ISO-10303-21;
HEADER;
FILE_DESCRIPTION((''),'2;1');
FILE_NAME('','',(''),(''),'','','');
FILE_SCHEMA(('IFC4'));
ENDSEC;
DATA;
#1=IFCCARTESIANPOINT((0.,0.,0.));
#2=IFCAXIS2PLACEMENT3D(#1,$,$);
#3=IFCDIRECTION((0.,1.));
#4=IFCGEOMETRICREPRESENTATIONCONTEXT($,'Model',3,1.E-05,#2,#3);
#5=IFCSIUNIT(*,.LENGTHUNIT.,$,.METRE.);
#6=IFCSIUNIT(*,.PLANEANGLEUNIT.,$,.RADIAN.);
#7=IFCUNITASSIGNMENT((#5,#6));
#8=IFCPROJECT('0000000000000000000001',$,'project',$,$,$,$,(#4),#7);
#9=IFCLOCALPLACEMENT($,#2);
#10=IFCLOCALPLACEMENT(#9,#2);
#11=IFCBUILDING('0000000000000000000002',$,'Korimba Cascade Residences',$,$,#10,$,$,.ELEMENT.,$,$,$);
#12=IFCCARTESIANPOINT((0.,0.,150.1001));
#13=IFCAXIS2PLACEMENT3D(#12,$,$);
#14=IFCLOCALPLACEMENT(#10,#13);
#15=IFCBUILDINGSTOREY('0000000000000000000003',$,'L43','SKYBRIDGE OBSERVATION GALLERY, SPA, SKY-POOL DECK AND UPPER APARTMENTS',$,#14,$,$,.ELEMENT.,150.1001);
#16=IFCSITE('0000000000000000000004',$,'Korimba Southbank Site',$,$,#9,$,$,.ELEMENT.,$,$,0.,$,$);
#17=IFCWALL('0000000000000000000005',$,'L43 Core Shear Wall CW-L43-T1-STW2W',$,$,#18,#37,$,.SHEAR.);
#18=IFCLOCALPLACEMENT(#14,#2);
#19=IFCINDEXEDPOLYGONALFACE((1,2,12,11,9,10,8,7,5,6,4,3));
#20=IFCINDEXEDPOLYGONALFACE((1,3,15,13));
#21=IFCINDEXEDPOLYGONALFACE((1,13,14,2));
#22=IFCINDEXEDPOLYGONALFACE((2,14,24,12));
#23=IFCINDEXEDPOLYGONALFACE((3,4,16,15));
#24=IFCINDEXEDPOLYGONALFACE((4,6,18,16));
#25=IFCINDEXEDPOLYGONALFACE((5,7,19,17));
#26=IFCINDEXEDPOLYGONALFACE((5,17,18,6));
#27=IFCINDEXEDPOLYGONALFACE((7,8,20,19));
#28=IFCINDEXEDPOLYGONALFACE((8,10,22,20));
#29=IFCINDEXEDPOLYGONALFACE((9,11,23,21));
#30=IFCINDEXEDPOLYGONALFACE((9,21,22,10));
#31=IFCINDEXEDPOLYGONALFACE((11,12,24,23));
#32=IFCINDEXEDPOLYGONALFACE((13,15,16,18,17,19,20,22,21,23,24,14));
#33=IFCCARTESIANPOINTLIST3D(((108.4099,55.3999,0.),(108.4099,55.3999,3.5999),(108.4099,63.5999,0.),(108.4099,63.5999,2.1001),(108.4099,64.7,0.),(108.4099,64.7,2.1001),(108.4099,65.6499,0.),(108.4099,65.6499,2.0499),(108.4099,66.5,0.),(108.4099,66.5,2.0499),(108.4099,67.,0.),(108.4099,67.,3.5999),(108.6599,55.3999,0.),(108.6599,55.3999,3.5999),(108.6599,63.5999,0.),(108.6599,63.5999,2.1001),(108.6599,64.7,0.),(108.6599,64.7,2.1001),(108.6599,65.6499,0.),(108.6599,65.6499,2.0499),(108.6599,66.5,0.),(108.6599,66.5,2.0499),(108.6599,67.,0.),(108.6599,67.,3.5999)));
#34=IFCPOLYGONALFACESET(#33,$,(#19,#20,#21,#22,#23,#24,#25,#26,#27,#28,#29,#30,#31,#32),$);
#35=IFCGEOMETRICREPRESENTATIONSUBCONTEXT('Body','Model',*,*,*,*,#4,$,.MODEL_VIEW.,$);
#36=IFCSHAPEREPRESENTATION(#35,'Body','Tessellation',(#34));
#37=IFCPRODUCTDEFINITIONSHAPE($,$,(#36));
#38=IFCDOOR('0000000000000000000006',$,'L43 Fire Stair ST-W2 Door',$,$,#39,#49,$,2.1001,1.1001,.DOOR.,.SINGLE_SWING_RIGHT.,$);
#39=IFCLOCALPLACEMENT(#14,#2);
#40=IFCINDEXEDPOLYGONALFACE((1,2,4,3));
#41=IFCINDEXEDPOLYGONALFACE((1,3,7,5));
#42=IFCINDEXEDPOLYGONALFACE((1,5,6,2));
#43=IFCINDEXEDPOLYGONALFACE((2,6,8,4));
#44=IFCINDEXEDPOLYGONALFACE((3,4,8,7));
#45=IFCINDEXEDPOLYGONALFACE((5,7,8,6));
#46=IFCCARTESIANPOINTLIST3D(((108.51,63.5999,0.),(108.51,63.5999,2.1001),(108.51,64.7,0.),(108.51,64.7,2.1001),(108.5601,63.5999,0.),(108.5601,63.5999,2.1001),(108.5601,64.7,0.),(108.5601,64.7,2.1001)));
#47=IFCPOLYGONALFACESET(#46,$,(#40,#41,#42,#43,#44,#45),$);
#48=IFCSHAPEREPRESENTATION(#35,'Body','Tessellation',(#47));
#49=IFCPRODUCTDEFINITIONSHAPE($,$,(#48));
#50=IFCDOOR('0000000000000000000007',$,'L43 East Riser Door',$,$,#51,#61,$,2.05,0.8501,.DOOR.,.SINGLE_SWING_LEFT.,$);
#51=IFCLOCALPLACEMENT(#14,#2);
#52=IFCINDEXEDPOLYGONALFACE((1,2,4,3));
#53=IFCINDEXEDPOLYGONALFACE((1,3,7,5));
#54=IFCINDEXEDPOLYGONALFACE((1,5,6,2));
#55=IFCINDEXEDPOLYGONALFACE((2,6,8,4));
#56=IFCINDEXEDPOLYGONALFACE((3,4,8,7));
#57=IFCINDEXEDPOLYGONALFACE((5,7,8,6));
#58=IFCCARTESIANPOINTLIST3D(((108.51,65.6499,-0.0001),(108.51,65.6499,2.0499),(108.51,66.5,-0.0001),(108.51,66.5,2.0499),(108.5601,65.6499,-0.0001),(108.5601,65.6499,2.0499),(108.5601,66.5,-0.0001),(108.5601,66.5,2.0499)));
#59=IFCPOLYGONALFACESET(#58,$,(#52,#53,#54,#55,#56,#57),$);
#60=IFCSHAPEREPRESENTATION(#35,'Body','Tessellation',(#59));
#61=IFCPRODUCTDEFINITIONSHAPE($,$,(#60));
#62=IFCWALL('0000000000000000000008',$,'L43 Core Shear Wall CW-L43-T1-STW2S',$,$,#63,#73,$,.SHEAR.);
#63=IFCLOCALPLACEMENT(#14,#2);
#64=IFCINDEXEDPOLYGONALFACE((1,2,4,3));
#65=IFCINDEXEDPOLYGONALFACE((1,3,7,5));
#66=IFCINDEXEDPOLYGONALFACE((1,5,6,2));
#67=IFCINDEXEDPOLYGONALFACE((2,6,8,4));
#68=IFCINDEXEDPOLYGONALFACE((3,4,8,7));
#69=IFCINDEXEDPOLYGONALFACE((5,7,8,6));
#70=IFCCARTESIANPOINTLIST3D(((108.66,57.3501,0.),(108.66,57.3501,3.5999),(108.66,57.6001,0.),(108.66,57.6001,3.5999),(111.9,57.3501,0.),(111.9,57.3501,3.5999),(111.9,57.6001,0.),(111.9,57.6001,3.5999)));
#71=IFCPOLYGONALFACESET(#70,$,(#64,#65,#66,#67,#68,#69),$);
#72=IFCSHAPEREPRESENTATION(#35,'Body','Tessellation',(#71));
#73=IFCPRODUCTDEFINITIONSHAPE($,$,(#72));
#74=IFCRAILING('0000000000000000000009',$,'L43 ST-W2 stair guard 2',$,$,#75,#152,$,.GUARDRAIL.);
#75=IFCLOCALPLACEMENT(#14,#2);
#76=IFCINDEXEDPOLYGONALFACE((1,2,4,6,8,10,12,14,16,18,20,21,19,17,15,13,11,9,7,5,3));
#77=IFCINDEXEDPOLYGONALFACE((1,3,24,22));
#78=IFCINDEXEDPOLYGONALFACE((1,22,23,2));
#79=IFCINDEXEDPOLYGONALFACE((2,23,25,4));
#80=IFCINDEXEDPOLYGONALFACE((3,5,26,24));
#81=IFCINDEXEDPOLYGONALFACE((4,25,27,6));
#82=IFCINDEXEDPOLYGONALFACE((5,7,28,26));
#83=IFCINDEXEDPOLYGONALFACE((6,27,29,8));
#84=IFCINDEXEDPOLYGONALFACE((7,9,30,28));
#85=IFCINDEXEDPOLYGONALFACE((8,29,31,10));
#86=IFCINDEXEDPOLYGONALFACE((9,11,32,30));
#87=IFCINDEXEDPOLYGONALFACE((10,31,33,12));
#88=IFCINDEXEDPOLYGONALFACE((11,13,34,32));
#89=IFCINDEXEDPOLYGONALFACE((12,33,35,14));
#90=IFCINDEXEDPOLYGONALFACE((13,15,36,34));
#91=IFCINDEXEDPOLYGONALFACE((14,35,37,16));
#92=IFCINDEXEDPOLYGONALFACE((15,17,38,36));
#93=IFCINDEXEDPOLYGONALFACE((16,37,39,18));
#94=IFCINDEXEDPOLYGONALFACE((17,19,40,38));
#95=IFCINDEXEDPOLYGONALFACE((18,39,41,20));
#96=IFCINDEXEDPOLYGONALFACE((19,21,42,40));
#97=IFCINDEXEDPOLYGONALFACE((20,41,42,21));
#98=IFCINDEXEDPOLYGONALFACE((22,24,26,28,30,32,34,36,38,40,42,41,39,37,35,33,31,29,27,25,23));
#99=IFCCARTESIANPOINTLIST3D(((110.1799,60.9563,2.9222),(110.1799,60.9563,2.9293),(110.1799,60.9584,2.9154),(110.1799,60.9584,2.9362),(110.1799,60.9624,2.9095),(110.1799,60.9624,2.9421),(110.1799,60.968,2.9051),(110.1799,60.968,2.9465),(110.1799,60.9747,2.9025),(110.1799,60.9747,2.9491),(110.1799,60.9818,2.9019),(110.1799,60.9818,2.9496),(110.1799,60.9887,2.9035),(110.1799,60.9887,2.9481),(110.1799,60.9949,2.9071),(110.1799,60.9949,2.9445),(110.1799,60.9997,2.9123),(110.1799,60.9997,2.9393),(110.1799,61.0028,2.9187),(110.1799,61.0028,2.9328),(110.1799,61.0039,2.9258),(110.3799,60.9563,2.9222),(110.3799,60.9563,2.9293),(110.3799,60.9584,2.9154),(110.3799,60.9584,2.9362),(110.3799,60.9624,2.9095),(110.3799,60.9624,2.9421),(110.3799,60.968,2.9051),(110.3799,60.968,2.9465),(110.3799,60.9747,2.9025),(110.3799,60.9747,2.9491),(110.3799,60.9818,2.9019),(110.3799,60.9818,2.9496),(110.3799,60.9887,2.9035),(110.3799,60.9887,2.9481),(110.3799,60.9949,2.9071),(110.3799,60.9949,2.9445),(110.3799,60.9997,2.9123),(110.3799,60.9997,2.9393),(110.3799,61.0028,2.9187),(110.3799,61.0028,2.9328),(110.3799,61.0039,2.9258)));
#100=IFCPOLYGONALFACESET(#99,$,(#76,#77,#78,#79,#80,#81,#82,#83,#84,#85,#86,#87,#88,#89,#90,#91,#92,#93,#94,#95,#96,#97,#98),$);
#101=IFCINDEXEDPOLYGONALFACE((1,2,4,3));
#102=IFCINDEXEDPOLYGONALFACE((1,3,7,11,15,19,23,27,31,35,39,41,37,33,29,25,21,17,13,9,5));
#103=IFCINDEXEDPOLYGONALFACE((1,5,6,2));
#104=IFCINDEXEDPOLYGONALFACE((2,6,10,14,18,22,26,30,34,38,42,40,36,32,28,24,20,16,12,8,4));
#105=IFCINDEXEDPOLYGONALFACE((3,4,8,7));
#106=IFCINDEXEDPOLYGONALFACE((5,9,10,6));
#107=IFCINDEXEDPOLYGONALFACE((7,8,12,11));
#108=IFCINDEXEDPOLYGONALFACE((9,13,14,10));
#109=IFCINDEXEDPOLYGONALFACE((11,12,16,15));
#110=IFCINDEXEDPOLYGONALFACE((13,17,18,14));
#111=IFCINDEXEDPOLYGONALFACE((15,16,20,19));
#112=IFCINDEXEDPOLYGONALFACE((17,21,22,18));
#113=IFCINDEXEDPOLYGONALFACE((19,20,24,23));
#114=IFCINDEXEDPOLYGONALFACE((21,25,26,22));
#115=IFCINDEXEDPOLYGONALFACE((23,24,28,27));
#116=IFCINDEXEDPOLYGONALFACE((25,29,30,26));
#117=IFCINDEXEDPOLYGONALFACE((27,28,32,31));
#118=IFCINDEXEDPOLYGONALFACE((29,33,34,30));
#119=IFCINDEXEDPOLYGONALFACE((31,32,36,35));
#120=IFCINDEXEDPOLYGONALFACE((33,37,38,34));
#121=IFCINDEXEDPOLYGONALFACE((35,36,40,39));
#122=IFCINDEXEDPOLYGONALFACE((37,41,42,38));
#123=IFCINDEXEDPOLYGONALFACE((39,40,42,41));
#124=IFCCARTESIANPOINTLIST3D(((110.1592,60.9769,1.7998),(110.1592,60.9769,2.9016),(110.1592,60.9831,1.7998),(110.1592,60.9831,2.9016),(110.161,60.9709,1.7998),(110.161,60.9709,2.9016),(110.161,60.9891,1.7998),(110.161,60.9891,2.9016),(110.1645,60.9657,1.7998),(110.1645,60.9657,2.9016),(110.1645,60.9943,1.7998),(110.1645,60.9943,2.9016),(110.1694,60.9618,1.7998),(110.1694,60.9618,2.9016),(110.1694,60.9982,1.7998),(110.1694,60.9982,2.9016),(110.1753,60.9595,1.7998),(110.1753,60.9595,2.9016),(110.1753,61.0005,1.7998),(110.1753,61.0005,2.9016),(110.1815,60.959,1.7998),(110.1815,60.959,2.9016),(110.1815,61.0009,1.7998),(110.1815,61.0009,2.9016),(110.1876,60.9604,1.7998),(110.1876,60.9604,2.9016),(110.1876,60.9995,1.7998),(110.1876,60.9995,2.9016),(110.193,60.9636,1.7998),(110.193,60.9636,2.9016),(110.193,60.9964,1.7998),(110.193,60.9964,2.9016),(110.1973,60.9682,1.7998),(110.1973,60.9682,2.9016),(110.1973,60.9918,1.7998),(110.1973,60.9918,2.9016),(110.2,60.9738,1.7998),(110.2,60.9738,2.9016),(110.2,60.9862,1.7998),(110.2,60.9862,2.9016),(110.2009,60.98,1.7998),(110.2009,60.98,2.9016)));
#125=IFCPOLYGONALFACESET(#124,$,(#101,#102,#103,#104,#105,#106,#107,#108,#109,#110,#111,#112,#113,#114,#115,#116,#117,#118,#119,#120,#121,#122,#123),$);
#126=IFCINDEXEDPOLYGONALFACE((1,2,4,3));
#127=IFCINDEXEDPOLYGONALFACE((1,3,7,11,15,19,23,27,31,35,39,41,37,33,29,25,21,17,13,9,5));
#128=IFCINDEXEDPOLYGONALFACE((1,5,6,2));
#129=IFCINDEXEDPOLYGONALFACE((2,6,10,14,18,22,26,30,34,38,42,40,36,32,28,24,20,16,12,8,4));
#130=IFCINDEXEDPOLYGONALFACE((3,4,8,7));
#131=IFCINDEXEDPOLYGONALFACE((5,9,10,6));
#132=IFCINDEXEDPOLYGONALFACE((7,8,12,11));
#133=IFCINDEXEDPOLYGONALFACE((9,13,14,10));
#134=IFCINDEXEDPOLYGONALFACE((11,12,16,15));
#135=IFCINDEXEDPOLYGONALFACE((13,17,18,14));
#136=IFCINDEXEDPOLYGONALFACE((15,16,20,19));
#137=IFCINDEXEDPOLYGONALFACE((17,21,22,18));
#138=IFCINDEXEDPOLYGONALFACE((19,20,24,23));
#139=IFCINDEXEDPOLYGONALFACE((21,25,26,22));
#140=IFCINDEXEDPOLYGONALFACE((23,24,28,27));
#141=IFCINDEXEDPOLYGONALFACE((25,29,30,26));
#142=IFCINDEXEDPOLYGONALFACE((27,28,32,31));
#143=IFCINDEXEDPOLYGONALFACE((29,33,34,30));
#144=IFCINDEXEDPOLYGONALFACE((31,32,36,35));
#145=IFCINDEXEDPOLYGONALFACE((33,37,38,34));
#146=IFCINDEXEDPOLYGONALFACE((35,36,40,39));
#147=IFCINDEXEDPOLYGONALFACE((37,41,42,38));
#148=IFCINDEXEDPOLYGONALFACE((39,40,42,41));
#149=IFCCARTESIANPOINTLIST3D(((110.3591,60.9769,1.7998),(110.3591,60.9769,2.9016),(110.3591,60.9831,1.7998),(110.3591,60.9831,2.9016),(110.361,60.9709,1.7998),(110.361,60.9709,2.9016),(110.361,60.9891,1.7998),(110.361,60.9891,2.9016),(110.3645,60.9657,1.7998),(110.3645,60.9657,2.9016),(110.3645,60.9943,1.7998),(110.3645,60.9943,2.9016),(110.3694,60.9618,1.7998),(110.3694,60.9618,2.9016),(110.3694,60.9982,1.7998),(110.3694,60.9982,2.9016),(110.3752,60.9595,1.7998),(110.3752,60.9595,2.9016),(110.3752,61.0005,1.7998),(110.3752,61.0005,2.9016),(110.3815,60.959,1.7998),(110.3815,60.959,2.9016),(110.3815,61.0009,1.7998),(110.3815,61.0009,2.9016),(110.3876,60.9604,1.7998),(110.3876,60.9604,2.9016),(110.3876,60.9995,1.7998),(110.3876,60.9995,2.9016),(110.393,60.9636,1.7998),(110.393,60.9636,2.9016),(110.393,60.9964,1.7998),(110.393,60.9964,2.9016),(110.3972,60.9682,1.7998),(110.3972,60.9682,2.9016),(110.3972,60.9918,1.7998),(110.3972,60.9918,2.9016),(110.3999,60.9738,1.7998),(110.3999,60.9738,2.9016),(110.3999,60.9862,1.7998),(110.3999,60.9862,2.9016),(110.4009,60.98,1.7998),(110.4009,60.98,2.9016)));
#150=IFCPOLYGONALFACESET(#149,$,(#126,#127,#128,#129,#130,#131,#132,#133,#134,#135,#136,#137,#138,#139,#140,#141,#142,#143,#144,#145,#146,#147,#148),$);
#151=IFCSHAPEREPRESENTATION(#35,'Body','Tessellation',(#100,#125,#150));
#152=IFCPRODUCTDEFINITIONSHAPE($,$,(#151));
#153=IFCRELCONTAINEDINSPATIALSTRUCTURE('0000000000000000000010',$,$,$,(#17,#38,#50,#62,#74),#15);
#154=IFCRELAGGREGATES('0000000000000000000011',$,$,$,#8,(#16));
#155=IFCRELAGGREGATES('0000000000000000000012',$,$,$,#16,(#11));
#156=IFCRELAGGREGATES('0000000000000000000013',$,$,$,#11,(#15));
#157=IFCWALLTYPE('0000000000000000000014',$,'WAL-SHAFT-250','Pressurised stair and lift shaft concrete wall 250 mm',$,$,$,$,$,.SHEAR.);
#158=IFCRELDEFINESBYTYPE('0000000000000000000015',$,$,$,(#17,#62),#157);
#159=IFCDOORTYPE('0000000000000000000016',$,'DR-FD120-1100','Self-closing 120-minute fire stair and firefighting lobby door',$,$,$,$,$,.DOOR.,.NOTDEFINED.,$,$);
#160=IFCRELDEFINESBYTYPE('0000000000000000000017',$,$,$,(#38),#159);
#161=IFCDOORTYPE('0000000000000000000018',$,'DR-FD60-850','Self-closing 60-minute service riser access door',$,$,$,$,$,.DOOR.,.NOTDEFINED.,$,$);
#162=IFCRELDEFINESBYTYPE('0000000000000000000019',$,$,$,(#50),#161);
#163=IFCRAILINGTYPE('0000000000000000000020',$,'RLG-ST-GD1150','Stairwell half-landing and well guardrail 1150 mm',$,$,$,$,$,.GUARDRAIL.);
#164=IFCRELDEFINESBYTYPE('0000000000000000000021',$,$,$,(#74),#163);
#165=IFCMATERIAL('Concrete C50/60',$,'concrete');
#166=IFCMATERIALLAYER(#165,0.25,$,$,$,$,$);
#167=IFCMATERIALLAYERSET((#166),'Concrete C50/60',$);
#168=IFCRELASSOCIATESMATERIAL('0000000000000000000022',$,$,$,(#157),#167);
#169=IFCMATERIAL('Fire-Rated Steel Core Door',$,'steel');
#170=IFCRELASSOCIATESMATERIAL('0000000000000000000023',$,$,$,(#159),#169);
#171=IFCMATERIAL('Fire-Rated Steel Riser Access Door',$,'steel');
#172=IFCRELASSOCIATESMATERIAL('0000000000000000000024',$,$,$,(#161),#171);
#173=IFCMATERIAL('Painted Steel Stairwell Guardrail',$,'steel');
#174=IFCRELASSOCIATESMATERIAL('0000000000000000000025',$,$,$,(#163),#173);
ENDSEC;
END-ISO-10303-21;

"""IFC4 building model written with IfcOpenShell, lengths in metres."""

from ifc_helpers import new_model, si_unit, direction, frame, frame_2d, origin, origin_2d, place, context, subcontext, project, spatial, rectangle, circle, extrude, material, layer, layer_set, type_object, element, fill, save


model = new_model("IFC4")

# Units and contexts
model_context = context("Model", 3, precision=1e-05, world=origin(), true_north=direction((0.0, 1.0)))
body_context = subcontext(model_context, "Body", "Model", "MODEL_VIEW")
ifc_project = project(units=[si_unit("LENGTHUNIT", "METRE"), si_unit("PLANEANGLEUNIT", "RADIAN")], contexts=[model_context])

# Site, building, storey
site_placement = place(None, origin())
site = spatial("IfcSite", under=ifc_project, at=site_placement, Name="Korimba Southbank Site", CompositionType="ELEMENT", RefElevation=0.0)
building_placement = place(site_placement, origin())
building = spatial("IfcBuilding", under=site, at=building_placement, Name="Korimba Cascade Residences", CompositionType="ELEMENT")
storey_placement = place(building_placement, frame((0.0, 0.0, 150.1001)))
storey = spatial("IfcBuildingStorey", under=building, at=storey_placement, Name="L43", Description="SKYBRIDGE OBSERVATION GALLERY, SPA, SKY-POOL DECK AND UPPER APARTMENTS", CompositionType="ELEMENT", Elevation=150.1001)

# Shared definitions
ifc_material_1 = material(Name="Concrete C50/60", Category="concrete")
ifc_layer_1 = layer(ifc_material_1, 0.25)
ifc_layer_set_1 = layer_set([ifc_layer_1], Name="Concrete C50/60")
wall_type_1 = type_object("IfcWallType", Name="WAL-SHAFT-250", Description="Pressurised stair and lift shaft concrete wall 250 mm", PredefinedType="SHEAR", material=ifc_layer_set_1)

# Shared definitions
ifc_material_2 = material(Name="Fire-Rated Steel Core Door", Category="steel")
door_type_1 = type_object("IfcDoorType", Name="DR-FD120-1100", Description="Self-closing 120-minute fire stair and firefighting lobby door", OperationType="NOTDEFINED", PredefinedType="DOOR", material=ifc_material_2)

# Wall, openings, doors
wall_1_placement = place(storey_placement, frame((108.5349, 55.3999, 0.0), z_axis=(0.0, 0.0, 1.0), x_axis=(0.0, 1.0, 0.0)))
wall_1 = element("IfcWall", 1, at=wall_1_placement, inside=storey, type_object=wall_type_1, Name="L43 Core Shear Wall CW-L43-T1-STW2W", PredefinedType="SHEAR", context=body_context, shape_type="SweptSolid", body=[
    extrude(rectangle(XDim=11.6001, YDim=0.25, at=frame_2d((5.8, 0.0))), origin(), (0.0, 0.0, 1.0), 3.5999),
])
opening_1_placement = place(wall_1_placement, frame((8.2, 0.0, 0.0)))
opening_1 = element("IfcOpeningElement", 2, at=opening_1_placement, cuts=wall_1, PredefinedType="OPENING", context=body_context, shape_type="SweptSolid", body=[
    extrude(rectangle(XDim=1.1001, YDim=2.1001, at=frame_2d((0.55, 1.05))), frame((0.0, 0.135, 0.0), z_axis=(0.0, -1.0, 0.0), x_axis=(1.0, 0.0, 0.0)), (0.0, 0.0, 1.0), 0.27),
])
opening_2_placement = place(wall_1_placement, frame((10.25, 0.0, 0.0)))
opening_2 = element("IfcOpeningElement", 3, at=opening_2_placement, cuts=wall_1, PredefinedType="OPENING", context=body_context, shape_type="SweptSolid", body=[
    extrude(rectangle(XDim=0.8501, YDim=2.05, at=frame_2d((0.425, 1.0249))), frame((0.0, 0.135, 0.0), z_axis=(0.0, -1.0, 0.0), x_axis=(1.0, 0.0, 0.0)), (0.0, 0.0, 1.0), 0.27),
])
door_1_placement = place(opening_1_placement, origin())
door_1 = element("IfcDoor", 4, at=door_1_placement, inside=storey, type_object=door_type_1, Name="L43 Fire Stair ST-W2 Door", OperationType="SINGLE_SWING_RIGHT", OverallHeight=2.1001, OverallWidth=1.1001, PredefinedType="DOOR", context=body_context, shape_type="SweptSolid", body=[
    extrude(rectangle(XDim=1.1001, YDim=2.1001, at=frame_2d((0.55, 1.05))), frame((0.0, 0.0249, 0.0), z_axis=(0.0, -1.0, 0.0), x_axis=(1.0, 0.0, 0.0)), (0.0, 0.0, 1.0), 0.05),
])
fill(opening_1, door_1)
ifc_material_3 = material(Name="Fire-Rated Steel Riser Access Door", Category="steel")
door_type_2 = type_object("IfcDoorType", Name="DR-FD60-850", Description="Self-closing 60-minute service riser access door", OperationType="NOTDEFINED", PredefinedType="DOOR", material=ifc_material_3)
door_2_placement = place(opening_2_placement, origin())
door_2 = element("IfcDoor", 5, at=door_2_placement, inside=storey, type_object=door_type_2, Name="L43 East Riser Door", OperationType="SINGLE_SWING_LEFT", OverallHeight=2.05, OverallWidth=0.8501, PredefinedType="DOOR", context=body_context, shape_type="SweptSolid", body=[
    extrude(rectangle(XDim=0.8501, YDim=2.05, at=frame_2d((0.425, 1.0249))), frame((0.0, 0.0249, 0.0), z_axis=(0.0, -1.0, 0.0), x_axis=(1.0, 0.0, 0.0)), (0.0, 0.0, 1.0), 0.05),
])
fill(opening_2, door_2)

# Wall
wall_2_placement = place(storey_placement, frame((108.6599, 57.4751, 0.0), z_axis=(0.0, 0.0, 1.0), x_axis=(1.0, 0.0, 0.0)))
element("IfcWall", 6, at=wall_2_placement, inside=storey, type_object=wall_type_1, Name="L43 Core Shear Wall CW-L43-T1-STW2S", PredefinedType="SHEAR", context=body_context, shape_type="SweptSolid", body=[
    extrude(rectangle(XDim=3.24, YDim=0.25, at=frame_2d((1.6201, 0.0))), origin(), (0.0, 0.0, 1.0), 3.5999),
])

# Railing
ifc_material_4 = material(Name="Painted Steel Stairwell Guardrail", Category="steel")
railing_type = type_object("IfcRailingType", Name="RLG-ST-GD1150", Description="Stairwell half-landing and well guardrail 1150 mm", PredefinedType="GUARDRAIL", material=ifc_material_4)
railing_placement = place(storey_placement, frame((110.1799, 60.98, 1.7998)))
element("IfcRailing", 7, at=railing_placement, inside=storey, type_object=railing_type, Name="L43 ST-W2 stair guard 2", PredefinedType="GUARDRAIL", context=body_context, shape_type="SweptSolid", body=[
    extrude(circle(Radius=0.0239, at=origin_2d()), frame((0.0, 0.0, 1.126), z_axis=(1.0, 0.0, 0.0), x_axis=(0.0, 1.0, 0.0)), (0.0, 0.0, 1.0), 0.2),
    extrude(circle(Radius=0.021, at=origin_2d()), origin(), (0.0, 0.0, 1.0), 1.1018),
    extrude(circle(Radius=0.021, at=origin_2d()), frame((0.2, 0.0, 0.0)), (0.0, 0.0, 1.0), 1.1018),
])

save(model, "model.ifc")
